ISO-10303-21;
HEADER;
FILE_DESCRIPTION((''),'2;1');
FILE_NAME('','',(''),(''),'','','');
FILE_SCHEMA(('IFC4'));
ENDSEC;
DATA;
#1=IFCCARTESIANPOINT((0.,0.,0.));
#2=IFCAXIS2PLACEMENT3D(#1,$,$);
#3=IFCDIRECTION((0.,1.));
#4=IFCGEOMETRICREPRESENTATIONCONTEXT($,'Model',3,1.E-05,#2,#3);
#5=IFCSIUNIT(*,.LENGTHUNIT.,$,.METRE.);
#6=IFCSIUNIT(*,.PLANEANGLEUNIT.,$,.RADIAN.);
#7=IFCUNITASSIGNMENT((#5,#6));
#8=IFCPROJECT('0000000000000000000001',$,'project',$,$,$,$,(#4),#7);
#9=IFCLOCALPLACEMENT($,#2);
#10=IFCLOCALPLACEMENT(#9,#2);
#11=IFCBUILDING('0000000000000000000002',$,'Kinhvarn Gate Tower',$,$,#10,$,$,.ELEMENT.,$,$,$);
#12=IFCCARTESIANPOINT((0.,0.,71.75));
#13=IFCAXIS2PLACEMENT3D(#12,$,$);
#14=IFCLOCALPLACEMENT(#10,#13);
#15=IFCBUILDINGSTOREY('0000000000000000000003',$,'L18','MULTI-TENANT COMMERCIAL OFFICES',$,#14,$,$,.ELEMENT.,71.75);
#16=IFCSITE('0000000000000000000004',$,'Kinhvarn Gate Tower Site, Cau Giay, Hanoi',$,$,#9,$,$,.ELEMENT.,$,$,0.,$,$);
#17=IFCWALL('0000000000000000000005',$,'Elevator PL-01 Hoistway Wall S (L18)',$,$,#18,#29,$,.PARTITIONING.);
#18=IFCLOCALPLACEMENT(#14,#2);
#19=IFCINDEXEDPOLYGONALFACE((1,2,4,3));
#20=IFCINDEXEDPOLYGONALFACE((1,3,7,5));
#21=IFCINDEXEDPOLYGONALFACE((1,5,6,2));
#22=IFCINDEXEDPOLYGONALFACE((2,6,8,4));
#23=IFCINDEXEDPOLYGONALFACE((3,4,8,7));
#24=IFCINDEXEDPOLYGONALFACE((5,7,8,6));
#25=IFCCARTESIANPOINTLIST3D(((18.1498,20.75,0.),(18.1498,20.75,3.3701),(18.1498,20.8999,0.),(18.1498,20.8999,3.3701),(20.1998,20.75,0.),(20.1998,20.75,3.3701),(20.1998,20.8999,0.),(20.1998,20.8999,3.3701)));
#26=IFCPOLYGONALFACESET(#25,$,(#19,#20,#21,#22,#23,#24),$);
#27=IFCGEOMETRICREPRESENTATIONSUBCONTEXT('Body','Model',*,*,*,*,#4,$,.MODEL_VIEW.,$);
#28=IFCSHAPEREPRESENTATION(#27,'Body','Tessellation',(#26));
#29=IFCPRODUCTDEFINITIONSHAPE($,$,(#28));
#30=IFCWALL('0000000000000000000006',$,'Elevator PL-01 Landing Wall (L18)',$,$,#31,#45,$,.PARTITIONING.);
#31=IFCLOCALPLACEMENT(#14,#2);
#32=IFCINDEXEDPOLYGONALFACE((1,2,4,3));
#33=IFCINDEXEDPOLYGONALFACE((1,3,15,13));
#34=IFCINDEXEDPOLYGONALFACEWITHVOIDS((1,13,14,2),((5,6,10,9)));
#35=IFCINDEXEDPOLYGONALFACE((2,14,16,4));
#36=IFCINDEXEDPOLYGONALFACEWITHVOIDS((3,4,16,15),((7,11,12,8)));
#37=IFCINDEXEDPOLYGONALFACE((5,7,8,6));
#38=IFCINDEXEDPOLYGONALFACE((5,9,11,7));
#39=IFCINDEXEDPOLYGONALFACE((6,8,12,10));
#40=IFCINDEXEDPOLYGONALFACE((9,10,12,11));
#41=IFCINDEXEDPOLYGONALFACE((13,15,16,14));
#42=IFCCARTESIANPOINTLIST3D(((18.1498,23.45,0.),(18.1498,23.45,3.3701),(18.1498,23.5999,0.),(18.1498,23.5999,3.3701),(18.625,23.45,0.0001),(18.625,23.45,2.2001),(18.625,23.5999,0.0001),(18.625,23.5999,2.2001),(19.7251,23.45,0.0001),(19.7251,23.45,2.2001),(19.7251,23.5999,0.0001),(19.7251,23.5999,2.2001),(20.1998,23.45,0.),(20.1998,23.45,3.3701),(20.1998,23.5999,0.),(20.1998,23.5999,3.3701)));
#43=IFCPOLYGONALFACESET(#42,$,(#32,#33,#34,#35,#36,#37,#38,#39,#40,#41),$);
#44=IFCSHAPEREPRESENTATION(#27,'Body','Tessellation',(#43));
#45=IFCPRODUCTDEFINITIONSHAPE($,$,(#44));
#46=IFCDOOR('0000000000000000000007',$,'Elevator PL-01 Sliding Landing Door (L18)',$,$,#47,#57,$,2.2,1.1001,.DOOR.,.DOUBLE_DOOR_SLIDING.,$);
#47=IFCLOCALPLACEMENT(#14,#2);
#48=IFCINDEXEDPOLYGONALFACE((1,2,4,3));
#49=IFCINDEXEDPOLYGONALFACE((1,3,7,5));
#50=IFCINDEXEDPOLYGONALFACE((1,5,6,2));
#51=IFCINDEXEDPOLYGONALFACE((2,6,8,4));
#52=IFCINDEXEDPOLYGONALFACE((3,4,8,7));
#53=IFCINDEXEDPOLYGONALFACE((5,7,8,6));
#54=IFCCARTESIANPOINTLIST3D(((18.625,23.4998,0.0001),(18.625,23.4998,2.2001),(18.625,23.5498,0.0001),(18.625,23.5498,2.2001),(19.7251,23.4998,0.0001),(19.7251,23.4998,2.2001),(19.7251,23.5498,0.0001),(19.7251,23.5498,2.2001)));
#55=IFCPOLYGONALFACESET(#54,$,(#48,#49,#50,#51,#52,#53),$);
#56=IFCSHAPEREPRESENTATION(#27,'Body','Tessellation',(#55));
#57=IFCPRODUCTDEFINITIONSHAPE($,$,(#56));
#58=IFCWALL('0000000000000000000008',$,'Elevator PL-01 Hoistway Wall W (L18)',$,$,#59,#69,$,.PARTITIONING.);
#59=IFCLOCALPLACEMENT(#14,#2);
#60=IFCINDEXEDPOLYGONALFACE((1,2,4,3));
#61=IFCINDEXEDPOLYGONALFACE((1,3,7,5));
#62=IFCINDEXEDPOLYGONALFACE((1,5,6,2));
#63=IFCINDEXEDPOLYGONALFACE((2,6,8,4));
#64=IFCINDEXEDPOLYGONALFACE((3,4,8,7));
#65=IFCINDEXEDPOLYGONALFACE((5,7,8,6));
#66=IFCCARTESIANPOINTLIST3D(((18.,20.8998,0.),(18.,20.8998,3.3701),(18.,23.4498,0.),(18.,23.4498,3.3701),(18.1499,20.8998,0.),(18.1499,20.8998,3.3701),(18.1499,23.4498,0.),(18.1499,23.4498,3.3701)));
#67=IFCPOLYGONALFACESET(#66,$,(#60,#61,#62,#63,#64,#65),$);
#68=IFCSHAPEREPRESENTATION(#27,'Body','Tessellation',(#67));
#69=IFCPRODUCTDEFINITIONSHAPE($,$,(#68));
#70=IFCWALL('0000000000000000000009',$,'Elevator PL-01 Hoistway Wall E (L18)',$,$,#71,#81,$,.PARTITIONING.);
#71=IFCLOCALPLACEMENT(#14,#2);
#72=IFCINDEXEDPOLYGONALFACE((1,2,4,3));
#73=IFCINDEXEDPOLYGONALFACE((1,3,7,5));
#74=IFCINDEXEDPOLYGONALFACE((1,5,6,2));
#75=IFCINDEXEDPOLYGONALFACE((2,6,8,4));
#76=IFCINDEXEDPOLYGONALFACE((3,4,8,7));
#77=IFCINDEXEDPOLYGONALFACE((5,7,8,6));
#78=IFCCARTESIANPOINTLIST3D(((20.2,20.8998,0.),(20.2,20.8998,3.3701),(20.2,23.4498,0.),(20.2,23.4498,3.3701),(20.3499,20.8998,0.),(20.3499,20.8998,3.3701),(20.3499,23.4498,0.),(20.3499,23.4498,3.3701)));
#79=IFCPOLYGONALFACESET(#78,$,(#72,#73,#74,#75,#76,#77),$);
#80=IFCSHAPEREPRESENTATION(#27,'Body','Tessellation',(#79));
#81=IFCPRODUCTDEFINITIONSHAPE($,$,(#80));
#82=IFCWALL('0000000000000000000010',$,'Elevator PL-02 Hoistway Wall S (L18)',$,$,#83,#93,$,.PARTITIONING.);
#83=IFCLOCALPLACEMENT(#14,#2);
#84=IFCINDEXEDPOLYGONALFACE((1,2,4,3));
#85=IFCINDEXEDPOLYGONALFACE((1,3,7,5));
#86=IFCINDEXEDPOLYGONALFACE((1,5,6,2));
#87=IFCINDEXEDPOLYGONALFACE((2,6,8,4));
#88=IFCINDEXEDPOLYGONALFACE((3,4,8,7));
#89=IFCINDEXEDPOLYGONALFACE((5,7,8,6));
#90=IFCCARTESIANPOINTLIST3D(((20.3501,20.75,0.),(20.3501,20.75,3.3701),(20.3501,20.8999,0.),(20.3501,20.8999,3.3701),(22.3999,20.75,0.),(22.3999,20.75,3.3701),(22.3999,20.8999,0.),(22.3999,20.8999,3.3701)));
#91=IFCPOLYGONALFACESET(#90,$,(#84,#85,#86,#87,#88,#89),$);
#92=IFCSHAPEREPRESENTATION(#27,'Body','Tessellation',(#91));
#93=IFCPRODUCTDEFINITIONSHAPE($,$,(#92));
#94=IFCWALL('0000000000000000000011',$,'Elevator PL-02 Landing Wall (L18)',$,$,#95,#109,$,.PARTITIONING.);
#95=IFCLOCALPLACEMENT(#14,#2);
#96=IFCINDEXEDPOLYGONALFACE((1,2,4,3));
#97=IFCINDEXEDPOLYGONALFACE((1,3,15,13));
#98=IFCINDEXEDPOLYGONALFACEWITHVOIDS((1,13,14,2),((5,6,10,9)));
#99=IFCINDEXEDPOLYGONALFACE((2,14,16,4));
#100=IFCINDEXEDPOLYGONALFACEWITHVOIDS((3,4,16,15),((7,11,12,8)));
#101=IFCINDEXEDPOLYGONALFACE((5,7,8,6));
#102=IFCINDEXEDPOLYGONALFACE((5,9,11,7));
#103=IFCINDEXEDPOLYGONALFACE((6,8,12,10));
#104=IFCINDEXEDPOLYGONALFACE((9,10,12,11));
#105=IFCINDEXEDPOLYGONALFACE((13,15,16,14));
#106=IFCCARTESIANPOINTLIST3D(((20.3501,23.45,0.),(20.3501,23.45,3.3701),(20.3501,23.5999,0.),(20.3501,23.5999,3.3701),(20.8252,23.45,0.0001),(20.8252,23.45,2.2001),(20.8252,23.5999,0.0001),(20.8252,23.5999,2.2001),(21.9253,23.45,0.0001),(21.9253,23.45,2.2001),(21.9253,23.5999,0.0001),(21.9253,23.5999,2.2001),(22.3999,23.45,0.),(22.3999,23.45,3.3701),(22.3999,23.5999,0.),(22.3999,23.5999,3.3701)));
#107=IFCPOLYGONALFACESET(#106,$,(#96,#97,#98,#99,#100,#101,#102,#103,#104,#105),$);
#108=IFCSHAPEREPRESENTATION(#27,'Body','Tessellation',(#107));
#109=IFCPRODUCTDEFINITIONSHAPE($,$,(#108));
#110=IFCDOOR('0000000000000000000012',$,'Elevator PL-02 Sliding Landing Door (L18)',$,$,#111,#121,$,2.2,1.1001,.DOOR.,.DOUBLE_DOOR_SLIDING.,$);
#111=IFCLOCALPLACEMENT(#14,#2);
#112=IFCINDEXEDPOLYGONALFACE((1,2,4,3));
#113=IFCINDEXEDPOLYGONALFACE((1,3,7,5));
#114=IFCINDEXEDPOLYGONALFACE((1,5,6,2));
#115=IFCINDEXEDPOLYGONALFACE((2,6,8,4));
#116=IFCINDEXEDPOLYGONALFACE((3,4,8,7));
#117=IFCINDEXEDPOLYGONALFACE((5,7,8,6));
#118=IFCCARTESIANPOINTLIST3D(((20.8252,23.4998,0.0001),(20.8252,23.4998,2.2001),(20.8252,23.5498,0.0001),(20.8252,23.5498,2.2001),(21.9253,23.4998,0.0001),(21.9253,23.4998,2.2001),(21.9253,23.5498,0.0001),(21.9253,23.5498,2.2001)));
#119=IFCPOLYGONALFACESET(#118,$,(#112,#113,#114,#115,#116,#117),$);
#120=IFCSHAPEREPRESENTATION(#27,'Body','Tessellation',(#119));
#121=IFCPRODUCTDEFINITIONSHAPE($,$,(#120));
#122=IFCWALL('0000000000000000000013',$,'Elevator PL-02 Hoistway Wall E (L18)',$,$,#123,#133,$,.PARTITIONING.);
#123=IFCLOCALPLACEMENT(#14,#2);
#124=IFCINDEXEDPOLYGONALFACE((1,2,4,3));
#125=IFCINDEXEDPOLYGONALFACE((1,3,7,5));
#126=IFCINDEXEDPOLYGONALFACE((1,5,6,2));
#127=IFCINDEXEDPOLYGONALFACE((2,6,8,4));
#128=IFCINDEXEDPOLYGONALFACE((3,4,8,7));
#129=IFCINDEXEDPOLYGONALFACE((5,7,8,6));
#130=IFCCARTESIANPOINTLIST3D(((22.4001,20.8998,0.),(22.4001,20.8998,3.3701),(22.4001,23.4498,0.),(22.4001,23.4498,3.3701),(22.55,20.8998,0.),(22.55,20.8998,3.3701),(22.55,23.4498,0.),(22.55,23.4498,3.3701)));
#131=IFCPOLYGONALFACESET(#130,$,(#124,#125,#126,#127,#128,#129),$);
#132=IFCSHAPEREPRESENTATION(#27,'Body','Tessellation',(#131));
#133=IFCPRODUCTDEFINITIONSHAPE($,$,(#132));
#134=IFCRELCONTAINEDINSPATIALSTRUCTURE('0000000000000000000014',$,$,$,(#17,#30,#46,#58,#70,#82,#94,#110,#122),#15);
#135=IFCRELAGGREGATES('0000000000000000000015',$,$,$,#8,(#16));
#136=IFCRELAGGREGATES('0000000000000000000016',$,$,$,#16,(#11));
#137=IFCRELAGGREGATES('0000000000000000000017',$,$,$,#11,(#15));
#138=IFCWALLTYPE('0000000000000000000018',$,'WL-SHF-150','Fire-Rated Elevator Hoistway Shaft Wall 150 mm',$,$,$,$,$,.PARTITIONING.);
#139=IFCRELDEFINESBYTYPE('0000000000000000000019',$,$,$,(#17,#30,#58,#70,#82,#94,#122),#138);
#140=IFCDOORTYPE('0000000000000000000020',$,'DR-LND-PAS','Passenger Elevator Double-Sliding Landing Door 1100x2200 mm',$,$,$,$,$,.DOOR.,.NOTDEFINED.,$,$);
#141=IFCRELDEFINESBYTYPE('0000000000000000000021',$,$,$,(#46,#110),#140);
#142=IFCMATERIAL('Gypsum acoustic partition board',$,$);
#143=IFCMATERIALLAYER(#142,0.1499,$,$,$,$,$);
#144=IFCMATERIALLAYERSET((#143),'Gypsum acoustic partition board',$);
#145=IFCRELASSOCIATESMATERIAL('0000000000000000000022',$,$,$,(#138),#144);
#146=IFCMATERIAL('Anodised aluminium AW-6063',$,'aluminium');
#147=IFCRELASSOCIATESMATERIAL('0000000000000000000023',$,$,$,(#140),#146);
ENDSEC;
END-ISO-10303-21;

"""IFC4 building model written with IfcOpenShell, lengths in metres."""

from ifc_helpers import new_model, si_unit, direction, frame, frame_2d, origin, place, context, subcontext, project, spatial, rectangle, extrude, material, layer, layer_set, type_object, element, fill, save


model = new_model("IFC4")

# Units and contexts
model_context = context("Model", 3, precision=1e-05, world=origin(), true_north=direction((0.0, 1.0)))
body_context = subcontext(model_context, "Body", "Model", "MODEL_VIEW")
ifc_project = project(units=[si_unit("LENGTHUNIT", "METRE"), si_unit("PLANEANGLEUNIT", "RADIAN")], contexts=[model_context])

# Site, building, storey
site_placement = place(None, origin())
site = spatial("IfcSite", under=ifc_project, at=site_placement, Name="Kinhvarn Gate Tower Site, Cau Giay, Hanoi", CompositionType="ELEMENT", RefElevation=0.0)
building_placement = place(site_placement, origin())
building = spatial("IfcBuilding", under=site, at=building_placement, Name="Kinhvarn Gate Tower", CompositionType="ELEMENT")
storey_placement = place(building_placement, frame((0.0, 0.0, 71.75)))
storey = spatial("IfcBuildingStorey", under=building, at=storey_placement, Name="L18", Description="MULTI-TENANT COMMERCIAL OFFICES", CompositionType="ELEMENT", Elevation=71.75)

# Shared definitions
ifc_material_1 = material(Name="Gypsum acoustic partition board")

# Shared definitions
ifc_material_2 = material(Name="Anodised aluminium AW-6063", Category="aluminium")

# Wall
ifc_layer_1 = layer(ifc_material_1, 0.1499)
ifc_layer_set_1 = layer_set([ifc_layer_1], Name="Gypsum acoustic partition board")
wall_type_1 = type_object("IfcWallType", Name="WL-SHF-150", Description="Fire-Rated Elevator Hoistway Shaft Wall 150 mm", PredefinedType="PARTITIONING", material=ifc_layer_set_1)
wall_1_placement = place(storey_placement, frame((18.1499, 20.825, 0.0), z_axis=(0.0, 0.0, 1.0), x_axis=(1.0, 0.0, 0.0)))
element("IfcWall", 1, at=wall_1_placement, inside=storey, type_object=wall_type_1, Name="Elevator PL-01 Hoistway Wall S (L18)", PredefinedType="PARTITIONING", context=body_context, shape_type="SweptSolid", body=[
    extrude(rectangle(XDim=2.05, YDim=0.1499, at=frame_2d((1.0249, 0.0))), origin(), (0.0, 0.0, 1.0), 3.3701),
])

# Wall, opening, door
wall_2_placement = place(storey_placement, frame((18.1499, 23.5249, 0.0), z_axis=(0.0, 0.0, 1.0), x_axis=(1.0, 0.0, 0.0)))
wall_2 = element("IfcWall", 2, at=wall_2_placement, inside=storey, type_object=wall_type_1, Name="Elevator PL-01 Landing Wall (L18)", PredefinedType="PARTITIONING", context=body_context, shape_type="SweptSolid", body=[
    extrude(rectangle(XDim=2.05, YDim=0.1499, at=frame_2d((1.0249, 0.0))), origin(), (0.0, 0.0, 1.0), 3.3701),
])
opening_1_placement = place(wall_2_placement, frame((0.4751, 0.0, 0.0)))
opening_1 = element("IfcOpeningElement", 3, at=opening_1_placement, cuts=wall_2, PredefinedType="OPENING", context=body_context, shape_type="SweptSolid", body=[
    extrude(rectangle(XDim=1.1001, YDim=2.2, at=frame_2d((0.55, 1.1001))), frame((0.0, 0.085, 0.0), z_axis=(0.0, -1.0, 0.0), x_axis=(1.0, 0.0, 0.0)), (0.0, 0.0, 1.0), 0.1699),
])
door_type_1 = type_object("IfcDoorType", Name="DR-LND-PAS", Description="Passenger Elevator Double-Sliding Landing Door 1100x2200 mm", OperationType="NOTDEFINED", PredefinedType="DOOR", material=ifc_material_2)
door_1_placement = place(opening_1_placement, origin())
door_1 = element("IfcDoor", 4, at=door_1_placement, inside=storey, type_object=door_type_1, Name="Elevator PL-01 Sliding Landing Door (L18)", OperationType="DOUBLE_DOOR_SLIDING", OverallHeight=2.2, OverallWidth=1.1001, PredefinedType="DOOR", context=body_context, shape_type="SweptSolid", body=[
    extrude(rectangle(XDim=1.1001, YDim=2.2, at=frame_2d((0.55, 1.1001))), frame((0.0, 0.0249, 0.0), z_axis=(0.0, -1.0, 0.0), x_axis=(1.0, 0.0, 0.0)), (0.0, 0.0, 1.0), 0.05),
])
fill(opening_1, door_1)

# Walls
for number, where, z_axis, x_axis, name in (
    (5, (18.075, 20.8999, 0.0), (0.0, 0.0, 1.0), (0.0, 1.0, 0.0), "Elevator PL-01 Hoistway Wall W (L18)"),
    (6, (20.2749, 20.8999, 0.0), (0.0, 0.0, 1.0), (0.0, 1.0, 0.0), "Elevator PL-01 Hoistway Wall E (L18)"),
):
    element("IfcWall", number, at=place(storey_placement, frame(where, z_axis=z_axis, x_axis=x_axis)), inside=storey, type_object=wall_type_1, Name=name, PredefinedType="PARTITIONING", context=body_context, shape_type="SweptSolid", body=[
        extrude(rectangle(XDim=2.55, YDim=0.1499, at=frame_2d((1.2749, 0.0))), origin(), (0.0, 0.0, 1.0), 3.3701),
    ])
wall_3_placement = place(storey_placement, frame((20.3501, 20.825, 0.0), z_axis=(0.0, 0.0, 1.0), x_axis=(1.0, 0.0, 0.0)))
element("IfcWall", 7, at=wall_3_placement, inside=storey, type_object=wall_type_1, Name="Elevator PL-02 Hoistway Wall S (L18)", PredefinedType="PARTITIONING", context=body_context, shape_type="SweptSolid", body=[
    extrude(rectangle(XDim=2.0498, YDim=0.1499, at=frame_2d((1.0249, 0.0))), origin(), (0.0, 0.0, 1.0), 3.3701),
])

# Wall, opening, door
wall_4_placement = place(storey_placement, frame((20.3501, 23.5249, 0.0), z_axis=(0.0, 0.0, 1.0), x_axis=(1.0, 0.0, 0.0)))
wall_4 = element("IfcWall", 8, at=wall_4_placement, inside=storey, type_object=wall_type_1, Name="Elevator PL-02 Landing Wall (L18)", PredefinedType="PARTITIONING", context=body_context, shape_type="SweptSolid", body=[
    extrude(rectangle(XDim=2.0498, YDim=0.1499, at=frame_2d((1.0249, 0.0))), origin(), (0.0, 0.0, 1.0), 3.3701),
])
opening_2_placement = place(wall_4_placement, frame((0.4751, 0.0, 0.0)))
opening_2 = element("IfcOpeningElement", 9, at=opening_2_placement, cuts=wall_4, PredefinedType="OPENING", context=body_context, shape_type="SweptSolid", body=[
    extrude(rectangle(XDim=1.1001, YDim=2.2, at=frame_2d((0.55, 1.1001))), frame((0.0, 0.085, 0.0), z_axis=(0.0, -1.0, 0.0), x_axis=(1.0, 0.0, 0.0)), (0.0, 0.0, 1.0), 0.1699),
])
door_2_placement = place(opening_2_placement, origin())
door_2 = element("IfcDoor", 10, at=door_2_placement, inside=storey, type_object=door_type_1, Name="Elevator PL-02 Sliding Landing Door (L18)", OperationType="DOUBLE_DOOR_SLIDING", OverallHeight=2.2, OverallWidth=1.1001, PredefinedType="DOOR", context=body_context, shape_type="SweptSolid", body=[
    extrude(rectangle(XDim=1.1001, YDim=2.2, at=frame_2d((0.55, 1.1001))), frame((0.0, 0.0249, 0.0), z_axis=(0.0, -1.0, 0.0), x_axis=(1.0, 0.0, 0.0)), (0.0, 0.0, 1.0), 0.05),
])
fill(opening_2, door_2)

# Wall
wall_5_placement = place(storey_placement, frame((22.4751, 20.8999, 0.0), z_axis=(0.0, 0.0, 1.0), x_axis=(0.0, 1.0, 0.0)))
element("IfcWall", 11, at=wall_5_placement, inside=storey, type_object=wall_type_1, Name="Elevator PL-02 Hoistway Wall E (L18)", PredefinedType="PARTITIONING", context=body_context, shape_type="SweptSolid", body=[
    extrude(rectangle(XDim=2.55, YDim=0.1499, at=frame_2d((1.2749, 0.0))), origin(), (0.0, 0.0, 1.0), 3.3701),
])

save(model, "model.ifc")
